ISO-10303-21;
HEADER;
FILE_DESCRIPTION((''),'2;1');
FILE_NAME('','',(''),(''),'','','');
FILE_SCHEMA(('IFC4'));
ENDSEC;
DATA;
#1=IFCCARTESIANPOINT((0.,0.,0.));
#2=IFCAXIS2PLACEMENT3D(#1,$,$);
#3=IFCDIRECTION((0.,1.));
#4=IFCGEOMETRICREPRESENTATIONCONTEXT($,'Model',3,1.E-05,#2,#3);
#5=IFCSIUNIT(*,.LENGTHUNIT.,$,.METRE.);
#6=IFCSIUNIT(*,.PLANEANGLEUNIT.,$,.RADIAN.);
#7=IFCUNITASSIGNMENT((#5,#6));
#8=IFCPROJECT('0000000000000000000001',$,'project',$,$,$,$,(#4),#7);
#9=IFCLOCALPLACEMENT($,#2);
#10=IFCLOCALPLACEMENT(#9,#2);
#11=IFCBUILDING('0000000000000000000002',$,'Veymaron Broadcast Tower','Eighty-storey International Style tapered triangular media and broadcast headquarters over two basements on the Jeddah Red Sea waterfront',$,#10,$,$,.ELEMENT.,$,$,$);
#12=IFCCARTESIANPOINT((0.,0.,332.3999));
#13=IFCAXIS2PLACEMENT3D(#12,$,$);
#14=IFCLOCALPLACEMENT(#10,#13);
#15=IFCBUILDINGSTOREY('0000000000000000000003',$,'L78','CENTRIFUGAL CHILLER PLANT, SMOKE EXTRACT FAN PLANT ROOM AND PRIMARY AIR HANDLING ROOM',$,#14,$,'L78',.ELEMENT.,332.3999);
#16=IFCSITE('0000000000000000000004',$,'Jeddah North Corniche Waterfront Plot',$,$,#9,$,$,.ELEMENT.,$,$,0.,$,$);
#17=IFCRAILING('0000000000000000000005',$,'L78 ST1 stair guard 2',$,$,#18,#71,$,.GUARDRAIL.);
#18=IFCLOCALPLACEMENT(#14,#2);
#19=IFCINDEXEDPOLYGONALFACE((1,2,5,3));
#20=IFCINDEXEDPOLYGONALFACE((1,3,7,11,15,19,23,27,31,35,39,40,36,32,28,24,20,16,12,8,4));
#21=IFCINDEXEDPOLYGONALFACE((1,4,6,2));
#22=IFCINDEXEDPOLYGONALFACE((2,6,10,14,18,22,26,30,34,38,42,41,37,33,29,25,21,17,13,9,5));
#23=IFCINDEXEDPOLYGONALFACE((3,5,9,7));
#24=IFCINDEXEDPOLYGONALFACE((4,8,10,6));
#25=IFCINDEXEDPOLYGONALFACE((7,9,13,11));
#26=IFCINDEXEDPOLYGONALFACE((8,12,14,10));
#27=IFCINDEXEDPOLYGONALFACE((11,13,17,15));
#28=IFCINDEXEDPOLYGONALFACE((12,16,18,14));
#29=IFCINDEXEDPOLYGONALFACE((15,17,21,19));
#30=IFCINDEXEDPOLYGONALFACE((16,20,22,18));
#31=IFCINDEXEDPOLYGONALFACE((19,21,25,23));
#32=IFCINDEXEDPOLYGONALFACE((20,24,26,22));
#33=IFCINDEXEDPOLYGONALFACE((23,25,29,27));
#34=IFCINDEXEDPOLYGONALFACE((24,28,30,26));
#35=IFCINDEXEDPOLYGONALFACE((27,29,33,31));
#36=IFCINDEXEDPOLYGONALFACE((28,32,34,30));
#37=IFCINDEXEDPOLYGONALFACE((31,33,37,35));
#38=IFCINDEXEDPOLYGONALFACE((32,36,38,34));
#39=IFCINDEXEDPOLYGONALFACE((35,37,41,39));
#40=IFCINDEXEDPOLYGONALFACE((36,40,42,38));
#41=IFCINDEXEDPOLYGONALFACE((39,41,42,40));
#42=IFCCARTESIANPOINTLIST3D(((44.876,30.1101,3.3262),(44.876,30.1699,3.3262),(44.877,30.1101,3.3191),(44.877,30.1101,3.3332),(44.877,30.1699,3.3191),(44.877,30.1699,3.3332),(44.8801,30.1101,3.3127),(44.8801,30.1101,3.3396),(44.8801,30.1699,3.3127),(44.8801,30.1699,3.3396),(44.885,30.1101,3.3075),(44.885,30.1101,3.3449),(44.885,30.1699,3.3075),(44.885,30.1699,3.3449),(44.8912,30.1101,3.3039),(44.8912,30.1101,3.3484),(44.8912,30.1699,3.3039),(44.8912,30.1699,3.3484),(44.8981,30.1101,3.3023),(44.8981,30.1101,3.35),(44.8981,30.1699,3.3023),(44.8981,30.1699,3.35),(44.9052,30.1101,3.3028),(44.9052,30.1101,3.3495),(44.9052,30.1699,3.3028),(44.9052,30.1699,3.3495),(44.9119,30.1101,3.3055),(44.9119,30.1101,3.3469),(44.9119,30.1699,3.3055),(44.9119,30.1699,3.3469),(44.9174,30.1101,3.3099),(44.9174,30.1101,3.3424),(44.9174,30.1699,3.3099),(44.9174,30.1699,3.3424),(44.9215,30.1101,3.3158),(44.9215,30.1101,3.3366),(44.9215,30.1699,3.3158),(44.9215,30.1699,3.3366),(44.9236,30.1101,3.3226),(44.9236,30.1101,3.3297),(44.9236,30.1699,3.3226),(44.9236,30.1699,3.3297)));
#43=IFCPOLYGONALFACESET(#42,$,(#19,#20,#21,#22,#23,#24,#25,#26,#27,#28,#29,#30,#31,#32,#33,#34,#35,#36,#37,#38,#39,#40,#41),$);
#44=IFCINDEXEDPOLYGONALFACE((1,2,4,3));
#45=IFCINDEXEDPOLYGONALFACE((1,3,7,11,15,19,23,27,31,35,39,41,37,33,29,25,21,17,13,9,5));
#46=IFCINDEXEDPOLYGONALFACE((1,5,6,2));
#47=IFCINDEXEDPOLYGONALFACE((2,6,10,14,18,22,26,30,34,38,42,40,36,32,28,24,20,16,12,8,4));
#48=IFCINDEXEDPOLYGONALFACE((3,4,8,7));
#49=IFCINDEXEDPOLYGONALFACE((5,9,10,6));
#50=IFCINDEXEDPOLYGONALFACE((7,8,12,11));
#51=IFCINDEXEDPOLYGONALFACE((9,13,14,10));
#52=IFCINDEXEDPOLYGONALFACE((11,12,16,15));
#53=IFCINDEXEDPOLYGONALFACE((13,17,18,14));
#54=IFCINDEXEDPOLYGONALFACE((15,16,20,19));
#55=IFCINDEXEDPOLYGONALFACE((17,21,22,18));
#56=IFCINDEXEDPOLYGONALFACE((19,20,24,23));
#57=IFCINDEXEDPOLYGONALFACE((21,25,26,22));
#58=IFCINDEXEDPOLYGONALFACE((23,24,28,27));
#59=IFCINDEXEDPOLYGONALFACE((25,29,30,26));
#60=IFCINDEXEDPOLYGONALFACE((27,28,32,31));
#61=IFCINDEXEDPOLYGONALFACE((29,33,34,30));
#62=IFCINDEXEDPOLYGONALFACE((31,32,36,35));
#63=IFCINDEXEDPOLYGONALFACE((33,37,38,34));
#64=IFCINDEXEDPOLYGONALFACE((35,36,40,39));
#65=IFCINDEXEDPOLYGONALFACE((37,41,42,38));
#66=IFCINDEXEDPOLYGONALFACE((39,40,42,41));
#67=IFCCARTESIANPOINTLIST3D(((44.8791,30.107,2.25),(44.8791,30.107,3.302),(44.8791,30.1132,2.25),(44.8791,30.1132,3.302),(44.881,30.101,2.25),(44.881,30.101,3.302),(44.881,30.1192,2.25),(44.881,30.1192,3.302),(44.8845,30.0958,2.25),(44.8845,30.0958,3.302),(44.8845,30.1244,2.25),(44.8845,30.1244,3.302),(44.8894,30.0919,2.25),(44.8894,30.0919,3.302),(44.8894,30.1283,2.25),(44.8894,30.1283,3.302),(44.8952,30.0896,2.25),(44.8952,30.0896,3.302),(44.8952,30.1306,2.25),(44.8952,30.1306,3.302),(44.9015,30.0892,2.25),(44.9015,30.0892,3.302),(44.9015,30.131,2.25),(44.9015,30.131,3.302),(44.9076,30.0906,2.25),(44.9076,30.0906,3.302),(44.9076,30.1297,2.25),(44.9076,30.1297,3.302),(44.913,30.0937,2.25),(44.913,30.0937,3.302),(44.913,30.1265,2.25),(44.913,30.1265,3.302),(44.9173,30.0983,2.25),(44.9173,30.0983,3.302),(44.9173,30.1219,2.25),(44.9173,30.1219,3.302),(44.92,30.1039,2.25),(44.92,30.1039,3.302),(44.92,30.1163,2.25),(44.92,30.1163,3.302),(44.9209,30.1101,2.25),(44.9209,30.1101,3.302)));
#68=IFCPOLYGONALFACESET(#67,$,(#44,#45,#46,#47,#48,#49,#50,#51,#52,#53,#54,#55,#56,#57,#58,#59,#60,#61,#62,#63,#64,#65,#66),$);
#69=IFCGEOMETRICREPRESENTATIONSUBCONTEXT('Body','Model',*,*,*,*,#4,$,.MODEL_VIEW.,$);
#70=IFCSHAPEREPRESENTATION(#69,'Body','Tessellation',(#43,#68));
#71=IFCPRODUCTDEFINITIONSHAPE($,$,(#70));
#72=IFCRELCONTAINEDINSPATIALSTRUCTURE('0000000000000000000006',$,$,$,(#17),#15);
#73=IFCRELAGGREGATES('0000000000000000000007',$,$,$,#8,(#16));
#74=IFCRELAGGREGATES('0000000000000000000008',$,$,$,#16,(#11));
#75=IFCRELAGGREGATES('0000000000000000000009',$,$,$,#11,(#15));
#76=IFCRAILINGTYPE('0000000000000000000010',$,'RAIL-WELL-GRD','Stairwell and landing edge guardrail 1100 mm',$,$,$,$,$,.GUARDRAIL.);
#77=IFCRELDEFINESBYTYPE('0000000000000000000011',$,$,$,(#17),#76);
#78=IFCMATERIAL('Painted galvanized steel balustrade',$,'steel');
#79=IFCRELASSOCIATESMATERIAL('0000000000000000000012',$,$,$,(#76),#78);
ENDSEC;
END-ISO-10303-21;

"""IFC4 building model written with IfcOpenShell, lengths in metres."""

from ifc_helpers import new_model, si_unit, direction, frame, origin, origin_2d, place, context, subcontext, project, spatial, circle, extrude, material, type_object, element, save


model = new_model("IFC4")

# Units and contexts
model_context = context("Model", 3, precision=1e-05, world=origin(), true_north=direction((0.0, 1.0)))
body_context = subcontext(model_context, "Body", "Model", "MODEL_VIEW")
ifc_project = project(units=[si_unit("LENGTHUNIT", "METRE"), si_unit("PLANEANGLEUNIT", "RADIAN")], contexts=[model_context])

# Site, building, storey
site_placement = place(None, origin())
site = spatial("IfcSite", under=ifc_project, at=site_placement, Name="Jeddah North Corniche Waterfront Plot", CompositionType="ELEMENT", RefElevation=0.0)
building_placement = place(site_placement, origin())
building = spatial("IfcBuilding", under=site, at=building_placement, Name="Veymaron Broadcast Tower", Description="Eighty-storey International Style tapered triangular media and broadcast headquarters over two basements on the Jeddah Red Sea waterfront", CompositionType="ELEMENT")
storey_placement = place(building_placement, frame((0.0, 0.0, 332.3999)))
storey = spatial("IfcBuildingStorey", under=building, at=storey_placement, Name="L78", Description="CENTRIFUGAL CHILLER PLANT, SMOKE EXTRACT FAN PLANT ROOM AND PRIMARY AIR HANDLING ROOM", LongName="L78", CompositionType="ELEMENT", Elevation=332.3999)

# Railing
ifc_material_1 = material(Name="Painted galvanized steel balustrade", Category="steel")
railing_type_1 = type_object("IfcRailingType", Name="RAIL-WELL-GRD", Description="Stairwell and landing edge guardrail 1100 mm", PredefinedType="GUARDRAIL", material=ifc_material_1)
railing_1_placement = place(storey_placement, frame((44.8999, 30.1101, 2.25)))
element("IfcRailing", 1, at=railing_1_placement, inside=storey, type_object=railing_type_1, Name="L78 ST1 stair guard 2", PredefinedType="GUARDRAIL", context=body_context, shape_type="SweptSolid", body=[
    extrude(circle(Radius=0.0239, at=origin_2d()), frame((0.0, 0.0, 1.0762), z_axis=(0.0, 1.0, 0.0), x_axis=(-1.0, 0.0, 0.0)), (0.0, 0.0, 1.0), 0.0598),
    extrude(circle(Radius=0.021, at=origin_2d()), origin(), (0.0, 0.0, 1.0), 1.052),
])

save(model, "model.ifc")
